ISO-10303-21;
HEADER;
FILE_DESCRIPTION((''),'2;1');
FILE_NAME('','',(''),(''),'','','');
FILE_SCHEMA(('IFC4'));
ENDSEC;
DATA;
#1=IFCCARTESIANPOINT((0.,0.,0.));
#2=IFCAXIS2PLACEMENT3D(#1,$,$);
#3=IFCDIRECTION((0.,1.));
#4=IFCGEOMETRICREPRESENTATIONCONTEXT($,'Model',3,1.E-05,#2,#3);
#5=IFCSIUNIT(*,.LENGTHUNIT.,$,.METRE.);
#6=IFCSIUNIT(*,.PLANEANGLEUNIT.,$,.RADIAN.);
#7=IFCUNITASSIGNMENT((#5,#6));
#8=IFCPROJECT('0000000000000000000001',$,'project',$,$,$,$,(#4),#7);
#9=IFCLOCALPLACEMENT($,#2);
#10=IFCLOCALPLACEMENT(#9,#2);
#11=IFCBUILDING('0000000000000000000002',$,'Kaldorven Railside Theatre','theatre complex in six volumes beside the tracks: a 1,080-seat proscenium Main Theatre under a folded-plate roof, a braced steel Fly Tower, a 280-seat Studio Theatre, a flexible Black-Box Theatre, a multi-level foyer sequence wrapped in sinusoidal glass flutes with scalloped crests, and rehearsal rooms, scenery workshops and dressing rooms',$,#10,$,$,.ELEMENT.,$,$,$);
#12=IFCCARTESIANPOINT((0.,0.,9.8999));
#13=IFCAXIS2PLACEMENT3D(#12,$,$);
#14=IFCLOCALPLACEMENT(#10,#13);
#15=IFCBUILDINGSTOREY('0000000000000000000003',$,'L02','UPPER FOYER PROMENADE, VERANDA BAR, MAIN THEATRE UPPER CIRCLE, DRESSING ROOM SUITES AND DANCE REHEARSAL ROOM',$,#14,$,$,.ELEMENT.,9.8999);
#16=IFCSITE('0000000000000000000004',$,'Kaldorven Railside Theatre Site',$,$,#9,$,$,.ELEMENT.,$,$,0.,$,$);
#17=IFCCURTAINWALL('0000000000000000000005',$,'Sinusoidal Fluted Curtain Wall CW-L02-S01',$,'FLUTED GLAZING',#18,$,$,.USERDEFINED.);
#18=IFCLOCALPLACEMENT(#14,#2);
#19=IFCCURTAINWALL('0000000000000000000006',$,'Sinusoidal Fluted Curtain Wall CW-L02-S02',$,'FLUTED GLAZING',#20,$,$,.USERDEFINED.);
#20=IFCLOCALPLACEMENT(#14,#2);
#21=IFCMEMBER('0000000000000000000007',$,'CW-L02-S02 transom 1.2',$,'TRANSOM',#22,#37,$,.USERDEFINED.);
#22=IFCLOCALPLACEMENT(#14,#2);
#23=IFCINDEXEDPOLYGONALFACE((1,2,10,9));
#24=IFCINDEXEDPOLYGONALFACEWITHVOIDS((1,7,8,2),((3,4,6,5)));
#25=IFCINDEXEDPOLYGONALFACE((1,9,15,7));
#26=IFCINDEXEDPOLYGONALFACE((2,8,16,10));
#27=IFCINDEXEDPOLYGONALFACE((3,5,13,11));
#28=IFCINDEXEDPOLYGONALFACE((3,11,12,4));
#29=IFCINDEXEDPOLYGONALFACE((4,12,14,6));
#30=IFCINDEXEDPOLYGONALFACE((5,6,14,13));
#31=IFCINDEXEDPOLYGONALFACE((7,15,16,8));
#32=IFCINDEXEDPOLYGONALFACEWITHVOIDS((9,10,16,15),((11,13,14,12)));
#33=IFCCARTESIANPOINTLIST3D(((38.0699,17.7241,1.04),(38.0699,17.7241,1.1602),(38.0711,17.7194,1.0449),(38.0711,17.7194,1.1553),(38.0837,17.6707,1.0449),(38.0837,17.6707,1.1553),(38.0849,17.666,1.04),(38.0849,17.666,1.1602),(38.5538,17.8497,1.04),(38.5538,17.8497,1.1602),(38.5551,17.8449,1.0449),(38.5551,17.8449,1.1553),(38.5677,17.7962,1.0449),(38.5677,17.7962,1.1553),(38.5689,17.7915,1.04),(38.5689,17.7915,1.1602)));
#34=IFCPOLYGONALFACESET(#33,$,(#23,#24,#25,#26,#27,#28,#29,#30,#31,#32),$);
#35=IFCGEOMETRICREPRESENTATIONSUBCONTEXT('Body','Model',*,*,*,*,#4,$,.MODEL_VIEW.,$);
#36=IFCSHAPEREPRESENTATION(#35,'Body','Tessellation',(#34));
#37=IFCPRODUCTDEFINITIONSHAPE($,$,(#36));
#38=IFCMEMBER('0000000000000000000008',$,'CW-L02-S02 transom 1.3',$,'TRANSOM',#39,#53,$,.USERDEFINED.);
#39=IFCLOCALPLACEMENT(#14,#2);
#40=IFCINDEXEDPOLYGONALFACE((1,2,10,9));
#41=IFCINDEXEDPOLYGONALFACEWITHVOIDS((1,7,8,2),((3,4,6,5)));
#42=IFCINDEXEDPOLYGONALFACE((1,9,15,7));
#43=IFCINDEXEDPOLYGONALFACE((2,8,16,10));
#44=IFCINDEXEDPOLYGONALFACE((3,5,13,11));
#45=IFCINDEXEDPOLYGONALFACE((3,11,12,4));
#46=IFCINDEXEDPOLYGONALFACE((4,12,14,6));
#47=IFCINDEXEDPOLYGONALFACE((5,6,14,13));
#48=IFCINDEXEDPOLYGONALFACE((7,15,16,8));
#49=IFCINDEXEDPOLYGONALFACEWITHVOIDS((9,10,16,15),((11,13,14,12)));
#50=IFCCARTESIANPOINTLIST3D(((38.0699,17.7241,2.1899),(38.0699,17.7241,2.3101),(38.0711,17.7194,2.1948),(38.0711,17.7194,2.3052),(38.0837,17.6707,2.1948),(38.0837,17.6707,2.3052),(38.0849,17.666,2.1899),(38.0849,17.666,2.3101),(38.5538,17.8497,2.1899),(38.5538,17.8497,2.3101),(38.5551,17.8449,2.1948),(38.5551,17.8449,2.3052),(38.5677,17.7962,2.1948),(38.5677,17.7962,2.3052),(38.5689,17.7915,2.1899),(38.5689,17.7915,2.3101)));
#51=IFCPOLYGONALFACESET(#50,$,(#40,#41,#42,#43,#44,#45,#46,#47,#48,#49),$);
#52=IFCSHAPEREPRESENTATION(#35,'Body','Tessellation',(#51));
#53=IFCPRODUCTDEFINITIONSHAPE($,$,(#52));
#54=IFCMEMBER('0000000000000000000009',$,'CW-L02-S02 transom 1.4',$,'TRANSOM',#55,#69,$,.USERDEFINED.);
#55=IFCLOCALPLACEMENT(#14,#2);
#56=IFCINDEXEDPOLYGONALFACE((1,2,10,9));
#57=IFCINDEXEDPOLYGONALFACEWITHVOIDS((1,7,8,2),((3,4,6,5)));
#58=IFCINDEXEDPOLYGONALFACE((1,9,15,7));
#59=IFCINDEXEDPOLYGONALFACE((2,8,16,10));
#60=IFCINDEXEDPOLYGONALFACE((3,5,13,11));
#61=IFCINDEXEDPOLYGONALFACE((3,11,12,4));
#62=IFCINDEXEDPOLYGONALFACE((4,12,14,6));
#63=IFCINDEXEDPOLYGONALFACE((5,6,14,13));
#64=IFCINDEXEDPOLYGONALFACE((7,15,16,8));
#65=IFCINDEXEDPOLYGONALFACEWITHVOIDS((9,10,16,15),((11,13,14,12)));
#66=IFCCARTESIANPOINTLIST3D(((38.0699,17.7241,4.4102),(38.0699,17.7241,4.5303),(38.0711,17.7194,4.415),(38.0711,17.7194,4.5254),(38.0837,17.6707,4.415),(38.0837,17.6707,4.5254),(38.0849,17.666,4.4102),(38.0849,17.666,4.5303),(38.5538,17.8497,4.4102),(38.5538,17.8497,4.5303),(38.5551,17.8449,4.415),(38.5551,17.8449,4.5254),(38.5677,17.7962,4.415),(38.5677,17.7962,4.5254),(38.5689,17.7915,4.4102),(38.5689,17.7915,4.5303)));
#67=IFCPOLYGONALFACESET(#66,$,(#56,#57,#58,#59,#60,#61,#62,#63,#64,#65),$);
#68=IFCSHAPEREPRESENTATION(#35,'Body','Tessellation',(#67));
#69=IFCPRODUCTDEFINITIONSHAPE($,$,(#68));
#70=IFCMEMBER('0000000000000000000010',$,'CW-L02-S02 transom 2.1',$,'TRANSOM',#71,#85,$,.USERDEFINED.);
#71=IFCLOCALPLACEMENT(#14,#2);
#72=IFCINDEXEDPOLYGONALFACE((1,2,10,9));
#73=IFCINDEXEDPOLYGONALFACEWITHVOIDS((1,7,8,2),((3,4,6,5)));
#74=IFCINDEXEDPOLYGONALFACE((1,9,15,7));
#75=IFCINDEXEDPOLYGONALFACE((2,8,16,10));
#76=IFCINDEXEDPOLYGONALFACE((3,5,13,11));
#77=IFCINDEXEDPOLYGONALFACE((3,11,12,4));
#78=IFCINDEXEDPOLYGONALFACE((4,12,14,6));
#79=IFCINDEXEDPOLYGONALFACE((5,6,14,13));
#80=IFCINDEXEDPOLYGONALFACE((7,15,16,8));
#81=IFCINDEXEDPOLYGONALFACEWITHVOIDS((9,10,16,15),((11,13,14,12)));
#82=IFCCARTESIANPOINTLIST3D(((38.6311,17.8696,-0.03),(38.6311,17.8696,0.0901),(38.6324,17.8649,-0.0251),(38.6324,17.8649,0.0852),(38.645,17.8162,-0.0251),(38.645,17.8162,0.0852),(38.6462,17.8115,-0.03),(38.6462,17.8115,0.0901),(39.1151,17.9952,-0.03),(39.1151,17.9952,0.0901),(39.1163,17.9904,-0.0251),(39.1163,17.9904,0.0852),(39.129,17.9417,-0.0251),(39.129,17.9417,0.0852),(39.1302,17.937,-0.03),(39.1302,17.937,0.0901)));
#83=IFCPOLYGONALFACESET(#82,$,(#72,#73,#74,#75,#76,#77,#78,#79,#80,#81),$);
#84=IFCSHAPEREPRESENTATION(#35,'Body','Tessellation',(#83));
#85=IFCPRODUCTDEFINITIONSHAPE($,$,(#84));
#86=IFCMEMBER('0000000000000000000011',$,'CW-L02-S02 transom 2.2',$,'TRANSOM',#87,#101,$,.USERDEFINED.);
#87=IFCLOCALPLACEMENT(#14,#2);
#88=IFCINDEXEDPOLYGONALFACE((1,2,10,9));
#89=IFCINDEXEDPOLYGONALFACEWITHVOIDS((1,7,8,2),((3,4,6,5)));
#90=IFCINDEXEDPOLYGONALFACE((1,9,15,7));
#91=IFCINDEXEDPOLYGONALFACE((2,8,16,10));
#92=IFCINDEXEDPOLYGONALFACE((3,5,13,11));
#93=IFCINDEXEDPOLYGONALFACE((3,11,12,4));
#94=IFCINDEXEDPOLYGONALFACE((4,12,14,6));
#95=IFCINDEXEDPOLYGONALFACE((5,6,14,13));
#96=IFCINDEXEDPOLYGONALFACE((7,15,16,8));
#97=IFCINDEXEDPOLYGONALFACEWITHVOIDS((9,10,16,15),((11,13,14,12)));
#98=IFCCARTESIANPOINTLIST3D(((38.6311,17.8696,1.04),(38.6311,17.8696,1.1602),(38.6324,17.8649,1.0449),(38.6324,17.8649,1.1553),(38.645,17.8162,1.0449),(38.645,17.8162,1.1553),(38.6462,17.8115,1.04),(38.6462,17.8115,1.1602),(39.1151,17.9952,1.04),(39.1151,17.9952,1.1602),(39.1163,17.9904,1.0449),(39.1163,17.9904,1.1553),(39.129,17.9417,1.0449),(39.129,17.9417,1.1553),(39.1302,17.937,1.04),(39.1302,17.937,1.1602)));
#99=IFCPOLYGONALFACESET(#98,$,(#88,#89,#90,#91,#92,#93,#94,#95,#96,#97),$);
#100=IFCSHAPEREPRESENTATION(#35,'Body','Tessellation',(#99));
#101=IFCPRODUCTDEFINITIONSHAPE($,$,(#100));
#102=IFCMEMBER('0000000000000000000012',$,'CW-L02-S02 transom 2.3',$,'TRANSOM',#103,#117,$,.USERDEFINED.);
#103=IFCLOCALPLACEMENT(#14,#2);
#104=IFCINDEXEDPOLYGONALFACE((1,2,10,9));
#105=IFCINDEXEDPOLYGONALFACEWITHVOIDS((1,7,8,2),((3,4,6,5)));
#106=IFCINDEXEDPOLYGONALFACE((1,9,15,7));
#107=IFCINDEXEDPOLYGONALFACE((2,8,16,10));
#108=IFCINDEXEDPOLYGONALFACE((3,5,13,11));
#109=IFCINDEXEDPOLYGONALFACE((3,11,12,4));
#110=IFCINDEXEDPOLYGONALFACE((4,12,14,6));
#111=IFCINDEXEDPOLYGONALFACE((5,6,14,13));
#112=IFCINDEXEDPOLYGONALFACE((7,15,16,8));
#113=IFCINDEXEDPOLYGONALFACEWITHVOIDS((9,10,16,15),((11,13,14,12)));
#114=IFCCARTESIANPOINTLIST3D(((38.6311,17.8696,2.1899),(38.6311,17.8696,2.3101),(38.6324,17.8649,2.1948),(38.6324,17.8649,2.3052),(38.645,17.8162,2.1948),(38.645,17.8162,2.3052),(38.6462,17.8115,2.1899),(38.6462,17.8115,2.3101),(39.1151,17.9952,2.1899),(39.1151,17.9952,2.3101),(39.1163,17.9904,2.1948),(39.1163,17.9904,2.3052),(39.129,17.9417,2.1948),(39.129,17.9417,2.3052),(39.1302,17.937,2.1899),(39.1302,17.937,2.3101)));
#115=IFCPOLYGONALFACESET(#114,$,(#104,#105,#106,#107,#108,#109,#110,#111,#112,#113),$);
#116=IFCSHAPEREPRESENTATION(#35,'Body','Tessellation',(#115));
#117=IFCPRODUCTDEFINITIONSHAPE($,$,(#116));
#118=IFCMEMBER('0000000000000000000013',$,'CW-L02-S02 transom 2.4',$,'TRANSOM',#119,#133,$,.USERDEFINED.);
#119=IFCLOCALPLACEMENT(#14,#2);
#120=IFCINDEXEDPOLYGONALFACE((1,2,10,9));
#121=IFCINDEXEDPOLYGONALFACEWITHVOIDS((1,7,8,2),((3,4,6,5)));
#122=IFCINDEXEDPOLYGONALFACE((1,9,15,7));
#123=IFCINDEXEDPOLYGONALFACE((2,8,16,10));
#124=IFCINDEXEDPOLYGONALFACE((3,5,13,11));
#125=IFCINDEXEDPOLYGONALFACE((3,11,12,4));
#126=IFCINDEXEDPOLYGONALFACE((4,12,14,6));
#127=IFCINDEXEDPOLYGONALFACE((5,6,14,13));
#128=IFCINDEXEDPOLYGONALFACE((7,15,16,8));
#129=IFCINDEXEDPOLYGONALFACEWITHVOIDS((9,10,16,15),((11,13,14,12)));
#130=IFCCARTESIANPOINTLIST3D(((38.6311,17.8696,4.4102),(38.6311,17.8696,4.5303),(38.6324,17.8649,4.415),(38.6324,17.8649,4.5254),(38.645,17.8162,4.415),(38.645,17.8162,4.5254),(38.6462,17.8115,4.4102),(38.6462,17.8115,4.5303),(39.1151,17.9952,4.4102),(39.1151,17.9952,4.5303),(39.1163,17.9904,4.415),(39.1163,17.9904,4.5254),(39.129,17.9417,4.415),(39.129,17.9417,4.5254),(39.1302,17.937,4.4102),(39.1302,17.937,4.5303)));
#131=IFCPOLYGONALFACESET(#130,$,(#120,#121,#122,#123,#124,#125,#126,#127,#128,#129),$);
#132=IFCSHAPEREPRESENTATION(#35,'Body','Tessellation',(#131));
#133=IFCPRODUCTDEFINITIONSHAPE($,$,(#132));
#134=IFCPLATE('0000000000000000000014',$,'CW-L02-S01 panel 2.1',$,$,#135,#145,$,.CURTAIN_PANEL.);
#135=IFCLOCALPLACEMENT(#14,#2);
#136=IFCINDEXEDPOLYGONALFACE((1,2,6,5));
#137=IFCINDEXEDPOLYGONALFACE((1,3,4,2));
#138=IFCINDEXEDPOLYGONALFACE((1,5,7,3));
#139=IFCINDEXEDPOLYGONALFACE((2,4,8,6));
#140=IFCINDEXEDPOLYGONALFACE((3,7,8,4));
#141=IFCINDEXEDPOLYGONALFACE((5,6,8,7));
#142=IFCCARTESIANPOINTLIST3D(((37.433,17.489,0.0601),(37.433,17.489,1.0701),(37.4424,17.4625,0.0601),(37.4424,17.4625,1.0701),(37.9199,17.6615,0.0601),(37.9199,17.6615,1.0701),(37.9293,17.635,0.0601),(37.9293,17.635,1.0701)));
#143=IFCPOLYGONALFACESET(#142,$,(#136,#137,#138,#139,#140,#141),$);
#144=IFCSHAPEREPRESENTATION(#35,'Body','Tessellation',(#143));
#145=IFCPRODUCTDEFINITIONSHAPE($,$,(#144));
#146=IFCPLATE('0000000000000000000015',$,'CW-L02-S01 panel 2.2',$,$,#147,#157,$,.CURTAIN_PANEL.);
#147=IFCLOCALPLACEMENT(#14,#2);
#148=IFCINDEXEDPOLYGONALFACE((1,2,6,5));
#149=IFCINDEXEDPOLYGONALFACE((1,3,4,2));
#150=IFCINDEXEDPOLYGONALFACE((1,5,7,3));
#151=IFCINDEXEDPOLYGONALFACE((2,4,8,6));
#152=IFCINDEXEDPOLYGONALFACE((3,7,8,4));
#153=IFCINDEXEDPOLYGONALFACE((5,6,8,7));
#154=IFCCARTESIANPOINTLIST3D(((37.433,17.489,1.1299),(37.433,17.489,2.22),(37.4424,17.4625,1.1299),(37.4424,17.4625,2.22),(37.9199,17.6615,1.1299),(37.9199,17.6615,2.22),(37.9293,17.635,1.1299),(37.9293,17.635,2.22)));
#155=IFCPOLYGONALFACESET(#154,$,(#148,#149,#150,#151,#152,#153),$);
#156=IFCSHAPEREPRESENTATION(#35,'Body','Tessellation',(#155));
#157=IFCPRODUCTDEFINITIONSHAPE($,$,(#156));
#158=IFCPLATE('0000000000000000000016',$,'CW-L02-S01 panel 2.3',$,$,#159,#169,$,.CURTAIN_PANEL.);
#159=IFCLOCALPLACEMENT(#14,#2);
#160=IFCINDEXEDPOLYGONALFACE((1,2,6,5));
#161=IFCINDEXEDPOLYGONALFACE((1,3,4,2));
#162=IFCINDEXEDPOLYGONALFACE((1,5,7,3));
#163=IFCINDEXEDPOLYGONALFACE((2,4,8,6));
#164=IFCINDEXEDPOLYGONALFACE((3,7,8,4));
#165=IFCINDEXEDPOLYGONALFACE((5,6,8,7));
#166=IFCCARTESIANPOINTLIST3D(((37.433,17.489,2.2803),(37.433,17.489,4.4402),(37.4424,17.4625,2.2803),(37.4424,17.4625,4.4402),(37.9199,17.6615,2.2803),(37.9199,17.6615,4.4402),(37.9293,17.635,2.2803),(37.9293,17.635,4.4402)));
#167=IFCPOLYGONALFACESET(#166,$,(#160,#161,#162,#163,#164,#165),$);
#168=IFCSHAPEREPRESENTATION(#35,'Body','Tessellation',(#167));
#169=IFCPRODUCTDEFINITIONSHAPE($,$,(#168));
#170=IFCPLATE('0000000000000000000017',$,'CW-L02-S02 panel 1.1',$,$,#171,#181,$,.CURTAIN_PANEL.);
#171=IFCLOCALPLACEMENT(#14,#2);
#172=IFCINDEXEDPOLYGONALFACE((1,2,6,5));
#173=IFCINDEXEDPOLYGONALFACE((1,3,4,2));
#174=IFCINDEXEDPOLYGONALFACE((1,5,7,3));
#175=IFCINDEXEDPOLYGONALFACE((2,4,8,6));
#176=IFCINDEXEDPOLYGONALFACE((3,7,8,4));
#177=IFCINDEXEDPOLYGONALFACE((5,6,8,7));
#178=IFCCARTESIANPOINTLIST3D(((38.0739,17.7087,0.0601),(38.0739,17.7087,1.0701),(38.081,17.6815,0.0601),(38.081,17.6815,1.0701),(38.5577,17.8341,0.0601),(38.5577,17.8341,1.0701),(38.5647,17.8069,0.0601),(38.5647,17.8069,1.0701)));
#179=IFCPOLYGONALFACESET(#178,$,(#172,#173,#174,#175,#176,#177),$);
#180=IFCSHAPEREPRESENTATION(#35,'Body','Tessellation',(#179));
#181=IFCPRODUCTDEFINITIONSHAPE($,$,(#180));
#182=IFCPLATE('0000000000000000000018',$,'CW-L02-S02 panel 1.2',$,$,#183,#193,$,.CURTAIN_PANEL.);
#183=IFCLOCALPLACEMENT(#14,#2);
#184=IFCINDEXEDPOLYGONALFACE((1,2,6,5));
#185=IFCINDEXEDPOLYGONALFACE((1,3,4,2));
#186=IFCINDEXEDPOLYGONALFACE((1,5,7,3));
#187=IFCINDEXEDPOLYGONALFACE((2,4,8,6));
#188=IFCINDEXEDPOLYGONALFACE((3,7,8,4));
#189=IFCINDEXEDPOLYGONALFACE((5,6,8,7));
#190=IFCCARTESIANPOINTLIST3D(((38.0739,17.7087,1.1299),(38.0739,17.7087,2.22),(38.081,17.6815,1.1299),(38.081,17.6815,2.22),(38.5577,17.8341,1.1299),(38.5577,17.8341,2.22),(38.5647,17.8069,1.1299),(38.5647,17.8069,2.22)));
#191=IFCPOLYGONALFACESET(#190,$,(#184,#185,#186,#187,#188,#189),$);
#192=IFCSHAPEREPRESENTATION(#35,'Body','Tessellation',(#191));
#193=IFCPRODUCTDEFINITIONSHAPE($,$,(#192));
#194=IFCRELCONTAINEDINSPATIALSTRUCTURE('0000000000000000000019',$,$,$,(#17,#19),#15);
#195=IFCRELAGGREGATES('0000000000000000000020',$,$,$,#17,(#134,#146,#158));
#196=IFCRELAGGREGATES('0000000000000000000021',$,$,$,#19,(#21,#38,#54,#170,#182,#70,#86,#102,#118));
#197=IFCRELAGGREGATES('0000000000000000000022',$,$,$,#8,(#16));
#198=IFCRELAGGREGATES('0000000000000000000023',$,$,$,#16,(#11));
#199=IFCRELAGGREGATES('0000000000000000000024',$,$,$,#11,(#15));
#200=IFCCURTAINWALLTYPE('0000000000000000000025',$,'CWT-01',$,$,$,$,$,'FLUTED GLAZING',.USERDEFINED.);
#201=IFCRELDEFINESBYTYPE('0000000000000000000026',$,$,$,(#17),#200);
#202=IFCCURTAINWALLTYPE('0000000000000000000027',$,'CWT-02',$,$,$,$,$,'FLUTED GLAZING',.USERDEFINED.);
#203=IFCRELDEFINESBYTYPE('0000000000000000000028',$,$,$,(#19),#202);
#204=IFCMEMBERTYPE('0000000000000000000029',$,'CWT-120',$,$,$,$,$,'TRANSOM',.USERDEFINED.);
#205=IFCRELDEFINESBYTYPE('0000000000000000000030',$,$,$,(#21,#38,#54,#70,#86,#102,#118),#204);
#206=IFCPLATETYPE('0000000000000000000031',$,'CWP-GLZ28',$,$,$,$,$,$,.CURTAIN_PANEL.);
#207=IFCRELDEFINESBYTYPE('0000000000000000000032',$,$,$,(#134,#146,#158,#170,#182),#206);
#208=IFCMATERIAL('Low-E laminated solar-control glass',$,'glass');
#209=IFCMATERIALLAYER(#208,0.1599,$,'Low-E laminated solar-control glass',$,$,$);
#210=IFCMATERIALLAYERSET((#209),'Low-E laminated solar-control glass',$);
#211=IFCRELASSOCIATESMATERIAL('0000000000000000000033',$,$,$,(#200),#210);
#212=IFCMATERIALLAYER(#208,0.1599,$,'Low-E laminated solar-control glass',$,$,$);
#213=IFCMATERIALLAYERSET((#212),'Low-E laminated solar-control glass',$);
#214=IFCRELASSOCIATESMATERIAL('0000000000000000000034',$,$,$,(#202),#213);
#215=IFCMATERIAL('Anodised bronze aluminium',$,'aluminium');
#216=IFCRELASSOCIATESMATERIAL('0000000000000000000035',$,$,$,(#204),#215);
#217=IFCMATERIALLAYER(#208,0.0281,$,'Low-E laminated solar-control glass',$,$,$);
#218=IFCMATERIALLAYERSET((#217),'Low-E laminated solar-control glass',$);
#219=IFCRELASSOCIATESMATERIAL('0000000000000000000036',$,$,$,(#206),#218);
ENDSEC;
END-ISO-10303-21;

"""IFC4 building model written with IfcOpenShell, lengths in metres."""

from ifc_helpers import new_model, si_unit, direction, frame, origin, origin_2d, place, context, subcontext, project, spatial, rectangle, hollow_rectangle, extrude, material, layer, layer_set, material_profile, profile_set, type_object, element, aggregate, save


model = new_model("IFC4")

# Units and contexts
model_context = context("Model", 3, precision=1e-05, world=origin(), true_north=direction((0.0, 1.0)))
body_context = subcontext(model_context, "Body", "Model", "MODEL_VIEW")
ifc_project = project(units=[si_unit("LENGTHUNIT", "METRE"), si_unit("PLANEANGLEUNIT", "RADIAN")], contexts=[model_context])

# Site, building, storey
site_placement = place(None, origin())
site = spatial("IfcSite", under=ifc_project, at=site_placement, Name="Kaldorven Railside Theatre Site", CompositionType="ELEMENT", RefElevation=0.0)
building_placement = place(site_placement, origin())
building = spatial("IfcBuilding", under=site, at=building_placement, Name="Kaldorven Railside Theatre", Description="theatre complex in six volumes beside the tracks: a 1,080-seat proscenium Main Theatre under a folded-plate roof, a braced steel Fly Tower, a 280-seat Studio Theatre, a flexible Black-Box Theatre, a multi-level foyer sequence wrapped in sinusoidal glass flutes with scalloped crests, and rehearsal rooms, scenery workshops and dressing rooms", CompositionType="ELEMENT")
storey_placement = place(building_placement, frame((0.0, 0.0, 9.8999)))
storey = spatial("IfcBuildingStorey", under=building, at=storey_placement, Name="L02", Description="UPPER FOYER PROMENADE, VERANDA BAR, MAIN THEATRE UPPER CIRCLE, DRESSING ROOM SUITES AND DANCE REHEARSAL ROOM", CompositionType="ELEMENT", Elevation=9.8999)

# Curtain wall
ifc_material_1 = material(Name="Low-E laminated solar-control glass", Category="glass")
ifc_layer_1 = layer(ifc_material_1, 0.1599, Name="Low-E laminated solar-control glass")
ifc_layer_set_1 = layer_set([ifc_layer_1], Name="Low-E laminated solar-control glass")
curtain_wall_type_1 = type_object("IfcCurtainWallType", Name="CWT-01", ElementType="FLUTED GLAZING", PredefinedType="USERDEFINED", material=ifc_layer_set_1)
curtain_wall_1_placement = place(storey_placement, origin())
curtain_wall_1 = element("IfcCurtainWall", 1, at=curtain_wall_1_placement, inside=storey, type_object=curtain_wall_type_1, Name="Sinusoidal Fluted Curtain Wall CW-L02-S01", ObjectType="FLUTED GLAZING", PredefinedType="USERDEFINED")
ifc_material_2 = material(Name="Anodised bronze aluminium", Category="aluminium")

# Curtain wall
ifc_layer_2 = layer(ifc_material_1, 0.1599, Name="Low-E laminated solar-control glass")
ifc_layer_set_2 = layer_set([ifc_layer_2], Name="Low-E laminated solar-control glass")
curtain_wall_type_2 = type_object("IfcCurtainWallType", Name="CWT-02", ElementType="FLUTED GLAZING", PredefinedType="USERDEFINED", material=ifc_layer_set_2)
curtain_wall_2_placement = place(storey_placement, origin())
curtain_wall_2 = element("IfcCurtainWall", 2, at=curtain_wall_2_placement, inside=storey, type_object=curtain_wall_type_2, Name="Sinusoidal Fluted Curtain Wall CW-L02-S02", ObjectType="FLUTED GLAZING", PredefinedType="USERDEFINED")

# Members
ifc_material_profile_1 = material_profile(ifc_material_2, hollow_rectangle(XDim=0.0601, YDim=0.1201, WallThickness=0.0049, at=origin_2d()), Name="RHS 120x60x5")
ifc_profile_set_1 = profile_set([ifc_material_profile_1], Name="Anodised bronze aluminium")
member_type_1 = type_object("IfcMemberType", Name="CWT-120", ElementType="TRANSOM", PredefinedType="USERDEFINED", material=ifc_profile_set_1)
member_1_placement = place(storey_placement, frame((38.0774, 17.6951, 1.1001), z_axis=(0.967979, 0.25103, 0.0), x_axis=(-0.25103, 0.967979, 0.0)))
member_1 = element("IfcMember", 3, at=member_1_placement, type_object=member_type_1, Name="CW-L02-S02 transom 1.2", ObjectType="TRANSOM", PredefinedType="USERDEFINED", context=body_context, shape_type="SweptSolid", body=[
    extrude(hollow_rectangle(XDim=0.0601, YDim=0.1201, WallThickness=0.0049, at=origin_2d()), origin(), (0.0, 0.0, 1.0), 0.5),
])
member_2_placement = place(storey_placement, frame((38.0774, 17.6951, 2.25), z_axis=(0.967979, 0.25103, 0.0), x_axis=(-0.25103, 0.967979, 0.0)))
member_2 = element("IfcMember", 4, at=member_2_placement, type_object=member_type_1, Name="CW-L02-S02 transom 1.3", ObjectType="TRANSOM", PredefinedType="USERDEFINED", context=body_context, shape_type="SweptSolid", body=[
    extrude(hollow_rectangle(XDim=0.0601, YDim=0.1201, WallThickness=0.0049, at=origin_2d()), origin(), (0.0, 0.0, 1.0), 0.5),
])
member_3_placement = place(storey_placement, frame((38.0774, 17.6951, 4.4702), z_axis=(0.967979, 0.25103, 0.0), x_axis=(-0.25103, 0.967979, 0.0)))
member_3 = element("IfcMember", 5, at=member_3_placement, type_object=member_type_1, Name="CW-L02-S02 transom 1.4", ObjectType="TRANSOM", PredefinedType="USERDEFINED", context=body_context, shape_type="SweptSolid", body=[
    extrude(hollow_rectangle(XDim=0.0601, YDim=0.1201, WallThickness=0.0049, at=origin_2d()), origin(), (0.0, 0.0, 1.0), 0.5),
])
member_4_placement = place(storey_placement, frame((38.6387, 17.8406, 0.03), z_axis=(0.967979, 0.25103, 0.0), x_axis=(-0.25103, 0.967979, 0.0)))
member_4 = element("IfcMember", 6, at=member_4_placement, type_object=member_type_1, Name="CW-L02-S02 transom 2.1", ObjectType="TRANSOM", PredefinedType="USERDEFINED", context=body_context, shape_type="SweptSolid", body=[
    extrude(hollow_rectangle(XDim=0.0601, YDim=0.1201, WallThickness=0.0049, at=origin_2d()), origin(), (0.0, 0.0, 1.0), 0.5),
])
member_5_placement = place(storey_placement, frame((38.6387, 17.8406, 1.1001), z_axis=(0.967979, 0.25103, 0.0), x_axis=(-0.25103, 0.967979, 0.0)))
member_5 = element("IfcMember", 7, at=member_5_placement, type_object=member_type_1, Name="CW-L02-S02 transom 2.2", ObjectType="TRANSOM", PredefinedType="USERDEFINED", context=body_context, shape_type="SweptSolid", body=[
    extrude(hollow_rectangle(XDim=0.0601, YDim=0.1201, WallThickness=0.0049, at=origin_2d()), origin(), (0.0, 0.0, 1.0), 0.5),
])
member_6_placement = place(storey_placement, frame((38.6387, 17.8406, 2.25), z_axis=(0.967979, 0.25103, 0.0), x_axis=(-0.25103, 0.967979, 0.0)))
member_6 = element("IfcMember", 8, at=member_6_placement, type_object=member_type_1, Name="CW-L02-S02 transom 2.3", ObjectType="TRANSOM", PredefinedType="USERDEFINED", context=body_context, shape_type="SweptSolid", body=[
    extrude(hollow_rectangle(XDim=0.0601, YDim=0.1201, WallThickness=0.0049, at=origin_2d()), origin(), (0.0, 0.0, 1.0), 0.5),
])
member_7_placement = place(storey_placement, frame((38.6387, 17.8406, 4.4702), z_axis=(0.967979, 0.25103, 0.0), x_axis=(-0.25103, 0.967979, 0.0)))
member_7 = element("IfcMember", 9, at=member_7_placement, type_object=member_type_1, Name="CW-L02-S02 transom 2.4", ObjectType="TRANSOM", PredefinedType="USERDEFINED", context=body_context, shape_type="SweptSolid", body=[
    extrude(hollow_rectangle(XDim=0.0601, YDim=0.1201, WallThickness=0.0049, at=origin_2d()), origin(), (0.0, 0.0, 1.0), 0.5),
])

# Plates
ifc_layer_3 = layer(ifc_material_1, 0.0281, Name="Low-E laminated solar-control glass")
ifc_layer_set_3 = layer_set([ifc_layer_3], Name="Low-E laminated solar-control glass")
plate_type = type_object("IfcPlateType", Name="CWP-GLZ28", PredefinedType="CURTAIN_PANEL", material=ifc_layer_set_3)
plate_1_placement = place(storey_placement, frame((37.6812, 17.562, 0.0601), z_axis=(0.0, 0.0, 1.0), x_axis=(0.942627, 0.333847, 0.0)))
plate_1 = element("IfcPlate", 10, at=plate_1_placement, type_object=plate_type, Name="CW-L02-S01 panel 2.1", PredefinedType="CURTAIN_PANEL", context=body_context, shape_type="SweptSolid", body=[
    extrude(rectangle(XDim=0.5166, YDim=0.0281, at=origin_2d()), origin(), (0.0, 0.0, 1.0), 1.01),
])
plate_2_placement = place(storey_placement, frame((37.6812, 17.562, 1.1299), z_axis=(0.0, 0.0, 1.0), x_axis=(0.942627, 0.333847, 0.0)))
plate_2 = element("IfcPlate", 11, at=plate_2_placement, type_object=plate_type, Name="CW-L02-S01 panel 2.2", PredefinedType="CURTAIN_PANEL", context=body_context, shape_type="SweptSolid", body=[
    extrude(rectangle(XDim=0.5166, YDim=0.0281, at=origin_2d()), origin(), (0.0, 0.0, 1.0), 1.0901),
])
plate_3_placement = place(storey_placement, frame((37.6812, 17.562, 2.2803), z_axis=(0.0, 0.0, 1.0), x_axis=(0.942627, 0.333847, 0.0)))
plate_3 = element("IfcPlate", 12, at=plate_3_placement, type_object=plate_type, Name="CW-L02-S01 panel 2.3", PredefinedType="CURTAIN_PANEL", context=body_context, shape_type="SweptSolid", body=[
    extrude(rectangle(XDim=0.5166, YDim=0.0281, at=origin_2d()), origin(), (0.0, 0.0, 1.0), 2.1599),
])
aggregate(curtain_wall_1, [plate_1, plate_2, plate_3])
plate_4_placement = place(storey_placement, frame((38.3193, 17.7578, 0.0601), z_axis=(0.0, 0.0, 1.0), x_axis=(0.967999, 0.250954, 0.0)))
plate_4 = element("IfcPlate", 13, at=plate_4_placement, type_object=plate_type, Name="CW-L02-S02 panel 1.1", PredefinedType="CURTAIN_PANEL", context=body_context, shape_type="SweptSolid", body=[
    extrude(rectangle(XDim=0.4998, YDim=0.0281, at=origin_2d()), origin(), (0.0, 0.0, 1.0), 1.01),
])
plate_5_placement = place(storey_placement, frame((38.3193, 17.7578, 1.1299), z_axis=(0.0, 0.0, 1.0), x_axis=(0.967999, 0.250954, 0.0)))
plate_5 = element("IfcPlate", 14, at=plate_5_placement, type_object=plate_type, Name="CW-L02-S02 panel 1.2", PredefinedType="CURTAIN_PANEL", context=body_context, shape_type="SweptSolid", body=[
    extrude(rectangle(XDim=0.4998, YDim=0.0281, at=origin_2d()), origin(), (0.0, 0.0, 1.0), 1.0901),
])
aggregate(curtain_wall_2, [member_1, member_2, member_3, plate_4, plate_5, member_4, member_5, member_6, member_7])

save(model, "model.ifc")
